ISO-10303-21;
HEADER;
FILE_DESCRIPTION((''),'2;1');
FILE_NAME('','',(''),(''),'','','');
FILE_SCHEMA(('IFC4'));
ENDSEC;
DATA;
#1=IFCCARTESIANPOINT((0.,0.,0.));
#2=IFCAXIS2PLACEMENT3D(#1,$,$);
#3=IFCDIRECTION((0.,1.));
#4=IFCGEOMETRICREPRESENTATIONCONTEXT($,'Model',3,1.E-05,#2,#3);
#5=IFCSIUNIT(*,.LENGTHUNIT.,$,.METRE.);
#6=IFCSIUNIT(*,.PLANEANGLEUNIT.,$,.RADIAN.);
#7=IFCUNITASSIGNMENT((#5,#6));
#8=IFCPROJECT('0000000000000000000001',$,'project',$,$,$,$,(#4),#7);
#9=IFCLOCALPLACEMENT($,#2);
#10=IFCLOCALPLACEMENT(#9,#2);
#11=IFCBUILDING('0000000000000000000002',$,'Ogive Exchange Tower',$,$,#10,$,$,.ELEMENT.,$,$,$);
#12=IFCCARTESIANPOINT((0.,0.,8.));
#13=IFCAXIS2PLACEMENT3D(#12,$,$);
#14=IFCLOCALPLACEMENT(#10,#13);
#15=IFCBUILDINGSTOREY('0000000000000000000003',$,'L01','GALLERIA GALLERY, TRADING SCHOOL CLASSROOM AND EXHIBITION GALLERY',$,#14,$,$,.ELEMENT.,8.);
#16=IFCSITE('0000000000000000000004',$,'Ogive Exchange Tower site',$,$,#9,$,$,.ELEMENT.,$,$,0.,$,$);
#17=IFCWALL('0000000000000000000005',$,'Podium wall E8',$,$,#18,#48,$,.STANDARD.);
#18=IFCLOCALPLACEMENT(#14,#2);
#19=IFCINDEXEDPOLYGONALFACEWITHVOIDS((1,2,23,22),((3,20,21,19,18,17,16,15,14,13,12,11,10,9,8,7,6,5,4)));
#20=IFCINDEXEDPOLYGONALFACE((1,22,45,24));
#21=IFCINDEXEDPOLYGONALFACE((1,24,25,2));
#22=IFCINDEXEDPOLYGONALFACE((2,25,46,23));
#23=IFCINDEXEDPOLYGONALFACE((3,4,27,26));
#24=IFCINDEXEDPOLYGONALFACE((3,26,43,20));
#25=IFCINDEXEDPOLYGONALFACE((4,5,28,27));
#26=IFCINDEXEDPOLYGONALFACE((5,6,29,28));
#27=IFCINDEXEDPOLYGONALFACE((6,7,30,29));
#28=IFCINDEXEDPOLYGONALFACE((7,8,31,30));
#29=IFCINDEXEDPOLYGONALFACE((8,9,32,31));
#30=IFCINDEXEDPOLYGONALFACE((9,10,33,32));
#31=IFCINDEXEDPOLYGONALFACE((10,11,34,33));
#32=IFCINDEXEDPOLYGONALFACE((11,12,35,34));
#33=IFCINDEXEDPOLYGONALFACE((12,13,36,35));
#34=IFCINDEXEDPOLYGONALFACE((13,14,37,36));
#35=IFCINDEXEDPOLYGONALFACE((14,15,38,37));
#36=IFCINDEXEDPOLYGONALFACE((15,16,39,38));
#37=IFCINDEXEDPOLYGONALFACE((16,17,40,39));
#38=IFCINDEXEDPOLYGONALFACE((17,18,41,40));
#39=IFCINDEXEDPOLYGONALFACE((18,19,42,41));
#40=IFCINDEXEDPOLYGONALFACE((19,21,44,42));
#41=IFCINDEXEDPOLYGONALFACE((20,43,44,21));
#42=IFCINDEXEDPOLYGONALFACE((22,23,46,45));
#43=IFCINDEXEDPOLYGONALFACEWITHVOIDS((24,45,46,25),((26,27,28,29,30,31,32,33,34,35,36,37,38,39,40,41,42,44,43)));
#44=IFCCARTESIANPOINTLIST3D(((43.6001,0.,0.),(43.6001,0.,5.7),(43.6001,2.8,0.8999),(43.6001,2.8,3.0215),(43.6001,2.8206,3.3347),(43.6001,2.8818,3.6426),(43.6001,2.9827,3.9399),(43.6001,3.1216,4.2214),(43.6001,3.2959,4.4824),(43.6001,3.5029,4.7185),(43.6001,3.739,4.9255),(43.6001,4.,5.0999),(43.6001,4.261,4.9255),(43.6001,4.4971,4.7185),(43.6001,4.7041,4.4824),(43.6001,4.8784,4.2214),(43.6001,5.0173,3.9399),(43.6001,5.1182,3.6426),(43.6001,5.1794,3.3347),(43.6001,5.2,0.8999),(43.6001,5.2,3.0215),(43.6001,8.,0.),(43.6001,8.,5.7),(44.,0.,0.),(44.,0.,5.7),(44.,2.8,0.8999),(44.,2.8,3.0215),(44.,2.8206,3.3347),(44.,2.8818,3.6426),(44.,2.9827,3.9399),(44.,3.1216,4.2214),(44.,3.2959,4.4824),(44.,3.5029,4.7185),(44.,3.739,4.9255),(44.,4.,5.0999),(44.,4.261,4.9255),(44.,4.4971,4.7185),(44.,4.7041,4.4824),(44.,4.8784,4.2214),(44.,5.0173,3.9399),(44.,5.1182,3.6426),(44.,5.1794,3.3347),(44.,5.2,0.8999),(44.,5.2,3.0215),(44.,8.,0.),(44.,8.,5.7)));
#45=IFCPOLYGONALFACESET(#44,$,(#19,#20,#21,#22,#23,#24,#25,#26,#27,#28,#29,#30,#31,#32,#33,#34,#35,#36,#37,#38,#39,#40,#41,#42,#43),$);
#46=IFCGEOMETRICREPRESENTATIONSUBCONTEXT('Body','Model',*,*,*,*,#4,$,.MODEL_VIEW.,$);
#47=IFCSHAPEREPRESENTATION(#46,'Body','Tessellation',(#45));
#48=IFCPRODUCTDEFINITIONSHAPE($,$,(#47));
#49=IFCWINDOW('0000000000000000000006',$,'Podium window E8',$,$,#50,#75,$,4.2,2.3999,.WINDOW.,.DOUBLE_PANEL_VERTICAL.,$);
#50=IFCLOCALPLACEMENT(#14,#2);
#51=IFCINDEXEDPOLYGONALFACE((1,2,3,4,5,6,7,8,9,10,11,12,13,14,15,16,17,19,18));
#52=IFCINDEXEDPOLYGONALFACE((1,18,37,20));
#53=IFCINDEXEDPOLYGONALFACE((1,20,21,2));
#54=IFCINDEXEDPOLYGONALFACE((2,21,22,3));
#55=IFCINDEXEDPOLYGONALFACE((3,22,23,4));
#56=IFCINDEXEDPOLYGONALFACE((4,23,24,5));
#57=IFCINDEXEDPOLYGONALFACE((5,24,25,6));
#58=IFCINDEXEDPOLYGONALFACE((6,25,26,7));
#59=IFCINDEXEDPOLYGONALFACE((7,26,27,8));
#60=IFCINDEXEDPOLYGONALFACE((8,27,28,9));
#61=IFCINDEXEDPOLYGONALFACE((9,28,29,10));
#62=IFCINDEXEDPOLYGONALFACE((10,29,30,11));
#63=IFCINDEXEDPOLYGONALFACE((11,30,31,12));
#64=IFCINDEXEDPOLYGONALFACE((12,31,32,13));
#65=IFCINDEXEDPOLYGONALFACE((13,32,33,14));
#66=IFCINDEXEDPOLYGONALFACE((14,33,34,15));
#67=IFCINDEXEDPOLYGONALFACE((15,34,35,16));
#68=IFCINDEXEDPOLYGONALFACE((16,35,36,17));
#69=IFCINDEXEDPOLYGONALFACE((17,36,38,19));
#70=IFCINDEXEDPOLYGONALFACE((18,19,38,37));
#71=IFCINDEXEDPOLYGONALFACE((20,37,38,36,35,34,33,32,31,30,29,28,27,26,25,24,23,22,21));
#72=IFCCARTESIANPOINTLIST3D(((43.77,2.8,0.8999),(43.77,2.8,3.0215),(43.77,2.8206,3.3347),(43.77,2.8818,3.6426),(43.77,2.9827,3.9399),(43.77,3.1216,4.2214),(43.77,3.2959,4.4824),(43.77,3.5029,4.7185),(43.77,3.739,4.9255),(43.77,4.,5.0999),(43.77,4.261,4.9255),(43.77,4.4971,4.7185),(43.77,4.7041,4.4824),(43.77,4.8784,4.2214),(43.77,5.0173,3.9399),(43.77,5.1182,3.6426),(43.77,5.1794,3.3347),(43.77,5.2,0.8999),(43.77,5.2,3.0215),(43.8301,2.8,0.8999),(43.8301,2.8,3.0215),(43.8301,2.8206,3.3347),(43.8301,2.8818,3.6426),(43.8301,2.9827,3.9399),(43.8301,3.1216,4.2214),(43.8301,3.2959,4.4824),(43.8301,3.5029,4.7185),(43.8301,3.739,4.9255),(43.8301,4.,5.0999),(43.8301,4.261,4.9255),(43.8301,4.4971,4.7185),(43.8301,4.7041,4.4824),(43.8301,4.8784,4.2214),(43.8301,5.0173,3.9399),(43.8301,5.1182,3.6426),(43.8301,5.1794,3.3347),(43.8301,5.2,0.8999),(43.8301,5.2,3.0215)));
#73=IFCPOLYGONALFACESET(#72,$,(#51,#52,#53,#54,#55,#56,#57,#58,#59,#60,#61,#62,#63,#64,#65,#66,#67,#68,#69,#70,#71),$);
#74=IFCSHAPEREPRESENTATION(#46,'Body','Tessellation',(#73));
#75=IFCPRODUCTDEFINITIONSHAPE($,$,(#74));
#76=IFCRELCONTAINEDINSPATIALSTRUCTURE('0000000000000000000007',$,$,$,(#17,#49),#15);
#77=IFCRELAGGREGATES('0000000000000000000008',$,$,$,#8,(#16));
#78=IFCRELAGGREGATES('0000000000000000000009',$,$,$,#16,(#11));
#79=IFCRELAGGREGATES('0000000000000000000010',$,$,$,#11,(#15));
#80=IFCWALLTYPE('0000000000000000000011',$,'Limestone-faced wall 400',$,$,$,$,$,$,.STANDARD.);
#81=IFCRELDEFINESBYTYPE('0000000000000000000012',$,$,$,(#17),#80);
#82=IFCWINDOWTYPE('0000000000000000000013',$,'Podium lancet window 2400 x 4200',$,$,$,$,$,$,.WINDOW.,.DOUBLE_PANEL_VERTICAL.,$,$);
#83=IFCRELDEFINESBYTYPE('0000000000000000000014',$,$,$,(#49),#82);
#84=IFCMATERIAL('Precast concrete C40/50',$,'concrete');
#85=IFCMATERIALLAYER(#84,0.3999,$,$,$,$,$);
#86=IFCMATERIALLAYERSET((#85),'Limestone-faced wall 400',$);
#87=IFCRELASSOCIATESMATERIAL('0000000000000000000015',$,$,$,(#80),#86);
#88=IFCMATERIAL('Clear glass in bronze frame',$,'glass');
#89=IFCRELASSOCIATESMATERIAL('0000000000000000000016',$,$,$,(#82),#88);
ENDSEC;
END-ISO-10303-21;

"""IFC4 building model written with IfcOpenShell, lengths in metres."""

from ifc_helpers import new_model, si_unit, direction, frame, frame_2d, origin, place, context, subcontext, project, spatial, polyline, rectangle, outline, extrude, material, layer, layer_set, type_object, element, fill, save


model = new_model("IFC4")

# Units and contexts
model_context = context("Model", 3, precision=1e-05, world=origin(), true_north=direction((0.0, 1.0)))
body_context = subcontext(model_context, "Body", "Model", "MODEL_VIEW")
ifc_project = project(units=[si_unit("LENGTHUNIT", "METRE"), si_unit("PLANEANGLEUNIT", "RADIAN")], contexts=[model_context])

# Site, building, storey
site_placement = place(None, origin())
site = spatial("IfcSite", under=ifc_project, at=site_placement, Name="Ogive Exchange Tower site", CompositionType="ELEMENT", RefElevation=0.0)
building_placement = place(site_placement, origin())
building = spatial("IfcBuilding", under=site, at=building_placement, Name="Ogive Exchange Tower", CompositionType="ELEMENT")
storey_placement = place(building_placement, frame((0.0, 0.0, 8.0)))
storey = spatial("IfcBuildingStorey", under=building, at=storey_placement, Name="L01", Description="GALLERIA GALLERY, TRADING SCHOOL CLASSROOM AND EXHIBITION GALLERY", CompositionType="ELEMENT", Elevation=8.0)

# Wall, opening, window
ifc_material_1 = material(Name="Precast concrete C40/50", Category="concrete")
ifc_layer_1 = layer(ifc_material_1, 0.3999)
ifc_layer_set_1 = layer_set([ifc_layer_1], Name="Limestone-faced wall 400")
wall_type_1 = type_object("IfcWallType", Name="Limestone-faced wall 400", PredefinedType="STANDARD", material=ifc_layer_set_1)
wall_1_placement = place(storey_placement, frame((43.8, 0.0, 0.0), z_axis=(0.0, 0.0, 1.0), x_axis=(0.0, 1.0, 0.0)))
wall_1 = element("IfcWall", 1, at=wall_1_placement, inside=storey, type_object=wall_type_1, Name="Podium wall E8", PredefinedType="STANDARD", context=body_context, shape_type="SweptSolid", body=[
    extrude(rectangle(XDim=8.0, YDim=0.3999, at=frame_2d((4.0, 0.0))), origin(), (0.0, 0.0, 1.0), 5.7),
])
opening_1_placement = place(wall_1_placement, frame((2.8, 0.0, 0.8999)))
opening_1 = element("IfcOpeningElement", 2, at=opening_1_placement, cuts=wall_1, PredefinedType="OPENING", context=body_context, shape_type="SweptSolid", body=[
    extrude(outline(polyline([(0.0, 0.0), (2.3999, 0.0), (2.3999, 2.1216), (2.3794, 2.4348), (2.3181, 2.7427), (2.2173, 3.04), (2.0784, 3.3215), (1.9041, 3.5825), (1.697, 3.8186), (1.4609, 4.0256), (1.2, 4.2), (0.939, 4.0256), (0.7029, 3.8186), (0.4958, 3.5825), (0.3215, 3.3215), (0.1826, 3.04), (0.0818, 2.7427), (0.0205, 2.4348), (0.0, 2.1216), (0.0, 0.0)])), frame((0.0, 0.21, 0.0), z_axis=(0.0, -1.0, 0.0), x_axis=(1.0, 0.0, 0.0)), (0.0, 0.0, 1.0), 0.4199),
])
ifc_material_2 = material(Name="Clear glass in bronze frame", Category="glass")
window_type_1 = type_object("IfcWindowType", Name="Podium lancet window 2400 x 4200", PartitioningType="DOUBLE_PANEL_VERTICAL", PredefinedType="WINDOW", material=ifc_material_2)
window_1_placement = place(opening_1_placement, origin())
window_1 = element("IfcWindow", 3, at=window_1_placement, inside=storey, type_object=window_type_1, Name="Podium window E8", OverallHeight=4.2, OverallWidth=2.3999, PartitioningType="DOUBLE_PANEL_VERTICAL", PredefinedType="WINDOW", context=body_context, shape_type="SweptSolid", body=[
    extrude(outline(polyline([(0.0, 0.0), (2.3999, 0.0), (2.3999, 2.1216), (2.3794, 2.4348), (2.3181, 2.7427), (2.2173, 3.04), (2.0784, 3.3215), (1.9041, 3.5825), (1.697, 3.8186), (1.4609, 4.0256), (1.2, 4.2), (0.939, 4.0256), (0.7029, 3.8186), (0.4958, 3.5825), (0.3215, 3.3215), (0.1826, 3.04), (0.0818, 2.7427), (0.0205, 2.4348), (0.0, 2.1216), (0.0, 0.0)])), frame((0.0, 0.03, 0.0), z_axis=(0.0, -1.0, 0.0), x_axis=(1.0, 0.0, 0.0)), (0.0, 0.0, 1.0), 0.0601),
])
fill(opening_1, window_1)

save(model, "model.ifc")
